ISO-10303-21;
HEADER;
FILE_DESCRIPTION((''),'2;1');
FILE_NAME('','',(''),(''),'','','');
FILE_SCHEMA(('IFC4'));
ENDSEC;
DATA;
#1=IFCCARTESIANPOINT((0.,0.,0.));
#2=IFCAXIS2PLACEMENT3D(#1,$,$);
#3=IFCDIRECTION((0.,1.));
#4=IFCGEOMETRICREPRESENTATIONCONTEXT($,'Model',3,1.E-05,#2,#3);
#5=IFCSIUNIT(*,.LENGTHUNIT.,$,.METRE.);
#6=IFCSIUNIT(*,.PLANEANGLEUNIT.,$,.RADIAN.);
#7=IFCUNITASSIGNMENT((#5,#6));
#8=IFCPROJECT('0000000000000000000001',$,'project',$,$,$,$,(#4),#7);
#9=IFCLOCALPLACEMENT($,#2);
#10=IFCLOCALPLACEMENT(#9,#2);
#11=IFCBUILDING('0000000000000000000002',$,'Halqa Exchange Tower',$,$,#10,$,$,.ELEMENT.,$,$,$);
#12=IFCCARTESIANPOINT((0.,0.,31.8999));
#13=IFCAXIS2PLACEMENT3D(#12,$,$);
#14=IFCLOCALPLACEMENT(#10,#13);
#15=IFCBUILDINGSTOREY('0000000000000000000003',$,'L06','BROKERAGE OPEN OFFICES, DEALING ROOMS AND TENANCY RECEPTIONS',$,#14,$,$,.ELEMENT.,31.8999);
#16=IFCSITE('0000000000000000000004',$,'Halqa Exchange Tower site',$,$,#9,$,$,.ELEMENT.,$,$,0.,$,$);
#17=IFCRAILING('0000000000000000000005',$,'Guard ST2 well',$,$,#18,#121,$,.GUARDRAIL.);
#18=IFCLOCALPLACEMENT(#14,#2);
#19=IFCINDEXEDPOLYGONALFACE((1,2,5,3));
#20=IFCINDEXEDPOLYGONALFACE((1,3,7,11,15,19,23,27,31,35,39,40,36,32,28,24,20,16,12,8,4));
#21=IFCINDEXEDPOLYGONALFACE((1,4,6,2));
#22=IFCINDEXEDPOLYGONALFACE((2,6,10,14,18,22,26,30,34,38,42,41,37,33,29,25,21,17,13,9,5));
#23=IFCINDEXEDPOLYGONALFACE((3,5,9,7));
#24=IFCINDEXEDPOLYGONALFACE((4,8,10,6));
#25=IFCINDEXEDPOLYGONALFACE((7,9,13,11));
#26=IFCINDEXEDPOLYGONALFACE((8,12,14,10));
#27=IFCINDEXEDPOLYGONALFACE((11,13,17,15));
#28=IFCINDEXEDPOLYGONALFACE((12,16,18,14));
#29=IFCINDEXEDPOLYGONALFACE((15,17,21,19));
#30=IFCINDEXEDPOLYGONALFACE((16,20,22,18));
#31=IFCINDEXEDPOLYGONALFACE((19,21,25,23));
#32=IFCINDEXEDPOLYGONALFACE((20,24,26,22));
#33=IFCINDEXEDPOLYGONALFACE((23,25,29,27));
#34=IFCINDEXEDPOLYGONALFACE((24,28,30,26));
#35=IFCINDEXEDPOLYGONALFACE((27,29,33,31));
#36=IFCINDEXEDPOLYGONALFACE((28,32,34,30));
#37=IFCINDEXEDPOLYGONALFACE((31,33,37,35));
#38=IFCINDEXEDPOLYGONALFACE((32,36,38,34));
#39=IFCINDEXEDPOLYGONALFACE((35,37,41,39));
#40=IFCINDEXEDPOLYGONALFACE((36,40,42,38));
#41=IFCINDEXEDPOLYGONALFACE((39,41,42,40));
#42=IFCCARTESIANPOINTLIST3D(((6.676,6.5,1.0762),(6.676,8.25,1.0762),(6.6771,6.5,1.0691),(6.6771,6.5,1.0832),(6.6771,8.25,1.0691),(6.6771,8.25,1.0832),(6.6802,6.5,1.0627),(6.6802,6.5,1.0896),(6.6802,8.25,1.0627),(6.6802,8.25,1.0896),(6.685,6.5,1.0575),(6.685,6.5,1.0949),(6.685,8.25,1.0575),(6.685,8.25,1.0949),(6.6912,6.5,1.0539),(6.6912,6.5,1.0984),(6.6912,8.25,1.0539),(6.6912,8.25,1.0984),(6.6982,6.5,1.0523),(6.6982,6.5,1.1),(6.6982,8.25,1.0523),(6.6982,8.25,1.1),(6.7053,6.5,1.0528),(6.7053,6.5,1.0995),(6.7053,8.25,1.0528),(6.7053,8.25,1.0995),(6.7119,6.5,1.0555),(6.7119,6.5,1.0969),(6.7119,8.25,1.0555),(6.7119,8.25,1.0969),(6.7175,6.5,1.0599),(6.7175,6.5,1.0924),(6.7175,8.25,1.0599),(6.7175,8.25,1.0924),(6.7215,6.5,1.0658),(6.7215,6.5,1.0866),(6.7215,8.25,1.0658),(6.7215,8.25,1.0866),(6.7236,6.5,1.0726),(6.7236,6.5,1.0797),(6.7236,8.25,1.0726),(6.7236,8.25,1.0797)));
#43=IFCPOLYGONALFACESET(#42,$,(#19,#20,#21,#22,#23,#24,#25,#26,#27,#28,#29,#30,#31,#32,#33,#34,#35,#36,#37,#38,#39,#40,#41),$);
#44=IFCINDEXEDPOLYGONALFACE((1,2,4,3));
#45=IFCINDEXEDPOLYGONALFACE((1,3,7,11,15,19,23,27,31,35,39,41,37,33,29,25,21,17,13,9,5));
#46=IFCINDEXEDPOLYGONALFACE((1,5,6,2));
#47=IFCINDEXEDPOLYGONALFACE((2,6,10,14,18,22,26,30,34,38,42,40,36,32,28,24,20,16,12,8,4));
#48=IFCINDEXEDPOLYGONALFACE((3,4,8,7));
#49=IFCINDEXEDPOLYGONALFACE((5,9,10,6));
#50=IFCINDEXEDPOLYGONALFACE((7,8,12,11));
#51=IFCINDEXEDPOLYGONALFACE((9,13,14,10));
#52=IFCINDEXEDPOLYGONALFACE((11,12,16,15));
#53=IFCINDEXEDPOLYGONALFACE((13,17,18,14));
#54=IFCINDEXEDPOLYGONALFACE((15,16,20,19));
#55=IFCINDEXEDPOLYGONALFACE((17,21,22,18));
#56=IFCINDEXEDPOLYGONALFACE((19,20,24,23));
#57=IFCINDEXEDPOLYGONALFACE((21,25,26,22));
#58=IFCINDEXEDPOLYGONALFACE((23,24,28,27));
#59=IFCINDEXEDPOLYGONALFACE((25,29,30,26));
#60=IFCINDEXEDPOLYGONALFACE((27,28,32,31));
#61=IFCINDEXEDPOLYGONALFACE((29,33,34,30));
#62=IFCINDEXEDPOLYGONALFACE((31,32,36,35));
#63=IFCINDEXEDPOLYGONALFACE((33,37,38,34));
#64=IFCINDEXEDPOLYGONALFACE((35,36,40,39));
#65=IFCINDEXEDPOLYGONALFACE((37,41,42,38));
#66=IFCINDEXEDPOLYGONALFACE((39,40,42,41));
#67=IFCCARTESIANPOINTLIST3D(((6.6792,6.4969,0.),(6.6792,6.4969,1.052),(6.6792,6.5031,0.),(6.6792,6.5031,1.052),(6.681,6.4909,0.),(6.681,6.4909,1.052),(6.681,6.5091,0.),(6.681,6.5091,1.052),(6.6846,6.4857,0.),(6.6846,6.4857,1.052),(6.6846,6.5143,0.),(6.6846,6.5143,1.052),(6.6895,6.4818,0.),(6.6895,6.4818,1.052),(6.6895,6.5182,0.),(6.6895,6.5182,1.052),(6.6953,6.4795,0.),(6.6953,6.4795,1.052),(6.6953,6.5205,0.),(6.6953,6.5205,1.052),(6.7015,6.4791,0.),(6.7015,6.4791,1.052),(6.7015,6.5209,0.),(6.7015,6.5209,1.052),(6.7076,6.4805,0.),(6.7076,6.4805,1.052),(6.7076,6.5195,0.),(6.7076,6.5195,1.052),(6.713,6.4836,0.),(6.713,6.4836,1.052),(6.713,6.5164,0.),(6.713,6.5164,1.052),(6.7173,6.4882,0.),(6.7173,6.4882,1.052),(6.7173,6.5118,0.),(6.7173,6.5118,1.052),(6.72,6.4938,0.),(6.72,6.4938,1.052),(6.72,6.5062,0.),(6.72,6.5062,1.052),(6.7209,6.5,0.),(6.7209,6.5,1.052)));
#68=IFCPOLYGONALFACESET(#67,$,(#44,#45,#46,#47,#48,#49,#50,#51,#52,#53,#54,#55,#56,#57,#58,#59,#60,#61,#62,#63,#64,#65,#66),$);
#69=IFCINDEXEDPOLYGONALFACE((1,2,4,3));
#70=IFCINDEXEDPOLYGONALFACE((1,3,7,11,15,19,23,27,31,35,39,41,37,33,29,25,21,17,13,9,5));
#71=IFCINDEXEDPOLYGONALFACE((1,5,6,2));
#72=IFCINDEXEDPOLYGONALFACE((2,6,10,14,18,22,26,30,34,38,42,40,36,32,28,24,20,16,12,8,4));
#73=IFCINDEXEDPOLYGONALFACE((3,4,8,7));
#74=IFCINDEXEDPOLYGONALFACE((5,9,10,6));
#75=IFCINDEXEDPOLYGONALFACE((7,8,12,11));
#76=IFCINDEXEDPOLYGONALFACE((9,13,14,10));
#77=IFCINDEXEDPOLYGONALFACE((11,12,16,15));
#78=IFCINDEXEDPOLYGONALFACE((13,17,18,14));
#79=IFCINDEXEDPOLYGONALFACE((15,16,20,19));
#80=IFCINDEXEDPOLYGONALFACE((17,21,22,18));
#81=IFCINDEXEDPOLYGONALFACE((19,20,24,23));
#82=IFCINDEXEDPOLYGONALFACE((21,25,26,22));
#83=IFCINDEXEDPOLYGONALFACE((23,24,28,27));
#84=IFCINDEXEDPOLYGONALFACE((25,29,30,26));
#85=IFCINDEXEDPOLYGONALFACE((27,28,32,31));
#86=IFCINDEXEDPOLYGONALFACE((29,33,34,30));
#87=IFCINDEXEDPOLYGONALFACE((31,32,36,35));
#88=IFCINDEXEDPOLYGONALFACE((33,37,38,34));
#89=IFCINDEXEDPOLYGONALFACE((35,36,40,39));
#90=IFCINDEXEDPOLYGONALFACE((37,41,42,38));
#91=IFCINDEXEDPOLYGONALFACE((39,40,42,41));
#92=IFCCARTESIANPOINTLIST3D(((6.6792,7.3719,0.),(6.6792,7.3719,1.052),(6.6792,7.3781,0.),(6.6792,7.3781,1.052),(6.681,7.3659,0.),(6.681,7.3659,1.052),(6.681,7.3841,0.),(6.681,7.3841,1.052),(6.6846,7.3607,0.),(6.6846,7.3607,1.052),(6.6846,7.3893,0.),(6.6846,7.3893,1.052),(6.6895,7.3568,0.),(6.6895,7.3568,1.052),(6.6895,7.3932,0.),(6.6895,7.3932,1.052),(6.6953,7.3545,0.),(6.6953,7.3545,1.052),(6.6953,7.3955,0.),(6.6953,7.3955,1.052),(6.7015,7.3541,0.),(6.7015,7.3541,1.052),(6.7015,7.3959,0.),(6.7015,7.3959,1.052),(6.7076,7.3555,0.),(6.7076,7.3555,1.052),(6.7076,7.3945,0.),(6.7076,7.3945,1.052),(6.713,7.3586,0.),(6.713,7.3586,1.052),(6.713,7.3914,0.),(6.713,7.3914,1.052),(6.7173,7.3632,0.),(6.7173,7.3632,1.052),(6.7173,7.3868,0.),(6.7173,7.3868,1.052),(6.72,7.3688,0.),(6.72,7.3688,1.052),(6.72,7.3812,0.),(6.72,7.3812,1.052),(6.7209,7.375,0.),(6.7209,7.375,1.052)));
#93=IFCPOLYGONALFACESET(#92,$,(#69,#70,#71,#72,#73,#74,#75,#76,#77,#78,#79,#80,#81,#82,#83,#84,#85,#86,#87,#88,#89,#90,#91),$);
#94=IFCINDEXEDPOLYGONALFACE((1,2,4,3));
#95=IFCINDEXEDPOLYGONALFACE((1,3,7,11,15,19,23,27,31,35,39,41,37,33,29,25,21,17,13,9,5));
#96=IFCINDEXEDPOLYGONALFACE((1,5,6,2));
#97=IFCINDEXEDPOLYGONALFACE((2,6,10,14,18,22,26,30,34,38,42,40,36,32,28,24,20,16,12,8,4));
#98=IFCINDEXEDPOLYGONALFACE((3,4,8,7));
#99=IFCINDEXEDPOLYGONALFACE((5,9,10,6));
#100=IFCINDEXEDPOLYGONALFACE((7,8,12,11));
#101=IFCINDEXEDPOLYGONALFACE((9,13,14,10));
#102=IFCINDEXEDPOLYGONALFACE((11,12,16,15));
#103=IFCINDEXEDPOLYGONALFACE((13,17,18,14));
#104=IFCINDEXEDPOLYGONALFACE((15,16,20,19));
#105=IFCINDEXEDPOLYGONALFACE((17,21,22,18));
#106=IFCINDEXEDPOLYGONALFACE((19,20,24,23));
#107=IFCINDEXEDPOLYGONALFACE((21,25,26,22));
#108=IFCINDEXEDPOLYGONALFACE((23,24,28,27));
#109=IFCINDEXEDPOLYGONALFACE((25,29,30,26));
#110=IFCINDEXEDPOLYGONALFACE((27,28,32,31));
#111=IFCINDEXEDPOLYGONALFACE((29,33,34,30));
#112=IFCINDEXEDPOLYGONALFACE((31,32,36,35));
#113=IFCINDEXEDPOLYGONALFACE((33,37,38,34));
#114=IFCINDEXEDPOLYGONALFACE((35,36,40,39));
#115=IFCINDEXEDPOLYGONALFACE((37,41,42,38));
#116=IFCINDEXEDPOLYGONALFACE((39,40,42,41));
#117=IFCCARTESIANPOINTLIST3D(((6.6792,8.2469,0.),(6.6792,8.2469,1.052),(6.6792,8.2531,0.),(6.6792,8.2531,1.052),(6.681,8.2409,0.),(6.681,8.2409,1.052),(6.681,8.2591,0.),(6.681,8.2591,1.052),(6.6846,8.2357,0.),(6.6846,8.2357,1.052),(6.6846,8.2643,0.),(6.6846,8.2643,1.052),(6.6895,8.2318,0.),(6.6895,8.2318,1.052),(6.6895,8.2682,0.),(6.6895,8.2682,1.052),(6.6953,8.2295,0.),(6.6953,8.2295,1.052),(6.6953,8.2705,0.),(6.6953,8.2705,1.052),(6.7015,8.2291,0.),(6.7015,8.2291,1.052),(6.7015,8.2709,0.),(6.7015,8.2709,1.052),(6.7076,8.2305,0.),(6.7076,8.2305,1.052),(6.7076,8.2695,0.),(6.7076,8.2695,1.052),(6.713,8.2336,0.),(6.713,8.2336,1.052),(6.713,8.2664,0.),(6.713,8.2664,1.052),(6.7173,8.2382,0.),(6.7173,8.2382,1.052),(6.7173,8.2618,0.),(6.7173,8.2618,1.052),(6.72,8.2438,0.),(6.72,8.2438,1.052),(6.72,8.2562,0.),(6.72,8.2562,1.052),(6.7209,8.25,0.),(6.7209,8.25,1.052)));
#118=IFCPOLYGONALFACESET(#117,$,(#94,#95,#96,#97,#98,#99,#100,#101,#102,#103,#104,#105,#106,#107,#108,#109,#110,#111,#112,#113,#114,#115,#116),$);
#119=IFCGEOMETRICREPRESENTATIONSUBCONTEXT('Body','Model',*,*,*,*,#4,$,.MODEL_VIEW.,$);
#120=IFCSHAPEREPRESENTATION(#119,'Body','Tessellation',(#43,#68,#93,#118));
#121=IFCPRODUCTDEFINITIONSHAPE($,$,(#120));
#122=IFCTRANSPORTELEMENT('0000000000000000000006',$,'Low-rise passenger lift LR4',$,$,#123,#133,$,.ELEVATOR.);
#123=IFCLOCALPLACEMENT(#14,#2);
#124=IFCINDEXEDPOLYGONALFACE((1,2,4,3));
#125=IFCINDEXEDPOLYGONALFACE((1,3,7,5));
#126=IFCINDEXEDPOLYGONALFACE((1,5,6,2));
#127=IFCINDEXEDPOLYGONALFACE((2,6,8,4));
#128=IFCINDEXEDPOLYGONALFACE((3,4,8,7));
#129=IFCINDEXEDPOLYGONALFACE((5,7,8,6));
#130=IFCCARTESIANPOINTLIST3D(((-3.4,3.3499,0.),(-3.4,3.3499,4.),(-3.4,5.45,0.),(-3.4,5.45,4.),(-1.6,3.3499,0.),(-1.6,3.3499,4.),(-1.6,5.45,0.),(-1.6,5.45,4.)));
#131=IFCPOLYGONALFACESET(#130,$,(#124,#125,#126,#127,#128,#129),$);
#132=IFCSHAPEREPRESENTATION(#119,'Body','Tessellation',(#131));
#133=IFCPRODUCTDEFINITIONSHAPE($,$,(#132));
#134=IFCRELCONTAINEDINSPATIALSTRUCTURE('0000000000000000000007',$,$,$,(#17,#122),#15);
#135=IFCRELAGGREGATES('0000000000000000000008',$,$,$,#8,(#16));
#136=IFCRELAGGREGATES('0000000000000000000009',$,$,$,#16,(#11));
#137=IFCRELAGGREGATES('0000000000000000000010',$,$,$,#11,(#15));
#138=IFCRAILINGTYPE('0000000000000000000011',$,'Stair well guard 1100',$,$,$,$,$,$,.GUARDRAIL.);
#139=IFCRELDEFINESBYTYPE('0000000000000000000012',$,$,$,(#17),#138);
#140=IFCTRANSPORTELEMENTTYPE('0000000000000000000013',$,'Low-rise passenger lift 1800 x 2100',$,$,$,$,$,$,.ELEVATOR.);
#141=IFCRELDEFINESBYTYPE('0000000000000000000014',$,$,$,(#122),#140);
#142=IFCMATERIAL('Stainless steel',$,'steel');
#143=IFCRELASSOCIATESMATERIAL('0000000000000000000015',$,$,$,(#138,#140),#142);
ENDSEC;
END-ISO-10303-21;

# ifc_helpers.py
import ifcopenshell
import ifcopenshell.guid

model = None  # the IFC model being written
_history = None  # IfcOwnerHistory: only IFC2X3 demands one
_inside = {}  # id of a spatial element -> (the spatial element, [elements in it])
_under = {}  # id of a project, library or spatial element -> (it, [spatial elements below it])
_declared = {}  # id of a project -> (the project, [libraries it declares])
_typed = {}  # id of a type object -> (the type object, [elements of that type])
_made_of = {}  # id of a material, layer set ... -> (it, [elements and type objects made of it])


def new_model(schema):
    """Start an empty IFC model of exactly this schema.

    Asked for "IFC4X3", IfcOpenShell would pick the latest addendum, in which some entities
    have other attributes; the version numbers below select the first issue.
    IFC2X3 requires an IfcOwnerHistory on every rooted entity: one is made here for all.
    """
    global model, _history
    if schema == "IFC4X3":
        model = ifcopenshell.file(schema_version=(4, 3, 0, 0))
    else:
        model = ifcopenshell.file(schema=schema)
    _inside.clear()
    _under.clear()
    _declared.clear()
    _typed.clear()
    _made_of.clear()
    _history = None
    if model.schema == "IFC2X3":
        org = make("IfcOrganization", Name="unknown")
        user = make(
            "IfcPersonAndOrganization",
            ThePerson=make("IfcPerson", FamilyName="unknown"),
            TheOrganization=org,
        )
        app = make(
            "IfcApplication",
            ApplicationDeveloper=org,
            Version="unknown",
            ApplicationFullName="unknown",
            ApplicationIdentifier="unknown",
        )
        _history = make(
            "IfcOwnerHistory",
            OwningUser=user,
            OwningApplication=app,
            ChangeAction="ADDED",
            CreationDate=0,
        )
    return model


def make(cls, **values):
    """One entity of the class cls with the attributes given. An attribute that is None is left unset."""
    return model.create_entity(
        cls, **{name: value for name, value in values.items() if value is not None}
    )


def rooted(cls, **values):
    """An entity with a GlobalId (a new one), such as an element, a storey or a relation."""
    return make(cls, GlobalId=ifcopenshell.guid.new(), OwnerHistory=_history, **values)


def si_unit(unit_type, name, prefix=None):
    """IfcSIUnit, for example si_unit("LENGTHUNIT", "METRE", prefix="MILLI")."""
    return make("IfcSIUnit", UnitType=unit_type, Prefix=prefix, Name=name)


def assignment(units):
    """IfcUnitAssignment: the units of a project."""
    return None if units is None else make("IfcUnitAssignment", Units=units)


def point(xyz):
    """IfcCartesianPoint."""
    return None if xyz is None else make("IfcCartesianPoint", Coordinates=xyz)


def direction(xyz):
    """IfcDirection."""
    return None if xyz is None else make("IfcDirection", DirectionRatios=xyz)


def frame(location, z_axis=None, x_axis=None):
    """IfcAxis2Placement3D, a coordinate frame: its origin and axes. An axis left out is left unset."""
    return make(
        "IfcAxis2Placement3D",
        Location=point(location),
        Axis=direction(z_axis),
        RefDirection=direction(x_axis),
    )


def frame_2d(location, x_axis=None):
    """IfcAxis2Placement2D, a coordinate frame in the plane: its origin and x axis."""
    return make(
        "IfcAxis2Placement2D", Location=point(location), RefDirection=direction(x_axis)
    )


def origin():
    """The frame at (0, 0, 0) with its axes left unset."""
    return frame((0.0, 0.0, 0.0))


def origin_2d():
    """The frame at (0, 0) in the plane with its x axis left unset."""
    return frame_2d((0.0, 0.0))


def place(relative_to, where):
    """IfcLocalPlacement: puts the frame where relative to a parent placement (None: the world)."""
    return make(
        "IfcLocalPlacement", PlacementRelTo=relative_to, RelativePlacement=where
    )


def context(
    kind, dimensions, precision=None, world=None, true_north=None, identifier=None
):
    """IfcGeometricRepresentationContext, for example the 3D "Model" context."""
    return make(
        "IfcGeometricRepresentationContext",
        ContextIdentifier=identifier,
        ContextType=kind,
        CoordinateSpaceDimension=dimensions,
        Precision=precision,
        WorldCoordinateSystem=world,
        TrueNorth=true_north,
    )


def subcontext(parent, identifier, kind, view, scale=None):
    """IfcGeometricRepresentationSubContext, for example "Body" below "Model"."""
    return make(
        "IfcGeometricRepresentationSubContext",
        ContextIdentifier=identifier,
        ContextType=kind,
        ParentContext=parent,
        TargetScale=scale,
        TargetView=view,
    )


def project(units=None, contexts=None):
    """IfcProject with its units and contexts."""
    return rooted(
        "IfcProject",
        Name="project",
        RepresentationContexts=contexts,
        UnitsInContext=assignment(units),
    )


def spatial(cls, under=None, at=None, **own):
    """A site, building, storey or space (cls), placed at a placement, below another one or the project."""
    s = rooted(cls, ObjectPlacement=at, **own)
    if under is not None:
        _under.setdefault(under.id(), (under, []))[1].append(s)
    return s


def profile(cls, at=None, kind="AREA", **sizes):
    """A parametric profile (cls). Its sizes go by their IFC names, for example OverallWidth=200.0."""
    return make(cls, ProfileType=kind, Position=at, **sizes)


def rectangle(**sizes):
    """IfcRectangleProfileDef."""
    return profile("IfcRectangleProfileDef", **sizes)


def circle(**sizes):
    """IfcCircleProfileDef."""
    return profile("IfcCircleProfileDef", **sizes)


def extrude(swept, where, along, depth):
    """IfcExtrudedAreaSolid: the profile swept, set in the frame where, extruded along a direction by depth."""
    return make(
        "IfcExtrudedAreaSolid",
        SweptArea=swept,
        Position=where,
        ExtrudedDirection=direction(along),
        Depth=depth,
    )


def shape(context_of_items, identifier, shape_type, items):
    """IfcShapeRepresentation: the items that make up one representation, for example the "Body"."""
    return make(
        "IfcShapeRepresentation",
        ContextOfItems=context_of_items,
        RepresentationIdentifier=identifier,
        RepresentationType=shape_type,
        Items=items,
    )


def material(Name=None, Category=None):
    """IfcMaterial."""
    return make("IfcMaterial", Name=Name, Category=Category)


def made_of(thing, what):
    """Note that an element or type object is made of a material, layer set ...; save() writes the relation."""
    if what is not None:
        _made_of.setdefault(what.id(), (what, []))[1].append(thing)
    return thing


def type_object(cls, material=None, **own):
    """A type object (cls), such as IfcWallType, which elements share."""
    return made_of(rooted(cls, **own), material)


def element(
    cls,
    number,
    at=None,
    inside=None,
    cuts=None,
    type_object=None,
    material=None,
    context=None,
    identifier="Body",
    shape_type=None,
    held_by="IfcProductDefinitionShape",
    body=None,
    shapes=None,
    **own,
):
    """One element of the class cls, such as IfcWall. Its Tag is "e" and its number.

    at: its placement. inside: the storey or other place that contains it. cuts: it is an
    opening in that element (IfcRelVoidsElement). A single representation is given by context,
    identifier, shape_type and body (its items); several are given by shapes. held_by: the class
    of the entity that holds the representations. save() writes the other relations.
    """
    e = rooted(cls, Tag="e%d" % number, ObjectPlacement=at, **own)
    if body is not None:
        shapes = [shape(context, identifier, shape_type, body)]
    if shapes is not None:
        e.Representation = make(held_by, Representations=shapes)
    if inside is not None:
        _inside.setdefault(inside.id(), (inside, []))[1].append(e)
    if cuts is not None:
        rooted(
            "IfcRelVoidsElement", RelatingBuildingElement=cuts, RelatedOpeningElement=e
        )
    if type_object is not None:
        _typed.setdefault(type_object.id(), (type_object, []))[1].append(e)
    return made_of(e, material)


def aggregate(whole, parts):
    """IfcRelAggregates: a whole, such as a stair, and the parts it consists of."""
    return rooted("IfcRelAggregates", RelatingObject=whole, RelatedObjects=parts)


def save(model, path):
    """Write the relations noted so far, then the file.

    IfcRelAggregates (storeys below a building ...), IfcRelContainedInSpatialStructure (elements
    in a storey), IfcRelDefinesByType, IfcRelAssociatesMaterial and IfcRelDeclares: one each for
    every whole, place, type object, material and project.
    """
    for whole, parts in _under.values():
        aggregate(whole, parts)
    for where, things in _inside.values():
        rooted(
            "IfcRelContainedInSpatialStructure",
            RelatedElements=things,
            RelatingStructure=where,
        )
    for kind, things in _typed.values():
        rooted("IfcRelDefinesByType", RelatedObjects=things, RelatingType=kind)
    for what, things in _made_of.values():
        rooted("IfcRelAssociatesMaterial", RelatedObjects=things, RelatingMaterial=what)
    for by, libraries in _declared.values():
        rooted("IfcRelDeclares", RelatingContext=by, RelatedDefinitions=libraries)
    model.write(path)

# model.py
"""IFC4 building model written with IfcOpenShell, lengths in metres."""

from ifc_helpers import new_model, si_unit, direction, frame, origin, origin_2d, place, context, subcontext, project, spatial, rectangle, circle, extrude, material, type_object, element, save


model = new_model("IFC4")

# Units and contexts
model_context = context("Model", 3, precision=1e-05, world=origin(), true_north=direction((0.0, 1.0)))
body_context = subcontext(model_context, "Body", "Model", "MODEL_VIEW")
ifc_project = project(units=[si_unit("LENGTHUNIT", "METRE"), si_unit("PLANEANGLEUNIT", "RADIAN")], contexts=[model_context])

# Site, building, storey
site_placement = place(None, origin())
site = spatial("IfcSite", under=ifc_project, at=site_placement, Name="Halqa Exchange Tower site", CompositionType="ELEMENT", RefElevation=0.0)
building_placement = place(site_placement, origin())
building = spatial("IfcBuilding", under=site, at=building_placement, Name="Halqa Exchange Tower", CompositionType="ELEMENT")
storey_placement = place(building_placement, frame((0.0, 0.0, 31.8999)))
storey = spatial("IfcBuildingStorey", under=building, at=storey_placement, Name="L06", Description="BROKERAGE OPEN OFFICES, DEALING ROOMS AND TENANCY RECEPTIONS", CompositionType="ELEMENT", Elevation=31.8999)

# Railing
ifc_material_1 = material(Name="Stainless steel", Category="steel")
railing_type_1 = type_object("IfcRailingType", Name="Stair well guard 1100", PredefinedType="GUARDRAIL", material=ifc_material_1)
railing_1_placement = place(storey_placement, frame((6.7, 6.5, 0.0)))
element("IfcRailing", 1, at=railing_1_placement, inside=storey, type_object=railing_type_1, Name="Guard ST2 well", PredefinedType="GUARDRAIL", context=body_context, shape_type="SweptSolid", body=[
    extrude(circle(Radius=0.0239, at=origin_2d()), frame((0.0, 0.0, 1.0762), z_axis=(0.0, 1.0, 0.0), x_axis=(-1.0, 0.0, 0.0)), (0.0, 0.0, 1.0), 1.75),
    extrude(circle(Radius=0.021, at=origin_2d()), origin(), (0.0, 0.0, 1.0), 1.052),
    extrude(circle(Radius=0.021, at=origin_2d()), frame((0.0, 0.875, 0.0)), (0.0, 0.0, 1.0), 1.052),
    extrude(circle(Radius=0.021, at=origin_2d()), frame((0.0, 1.75, 0.0)), (0.0, 0.0, 1.0), 1.052),
])

# Transport element
transport_element_type = type_object("IfcTransportElementType", Name="Low-rise passenger lift 1800 x 2100", PredefinedType="ELEVATOR", material=ifc_material_1)
transport_element_placement = place(storey_placement, frame((-2.5, 4.3999, 0.0), z_axis=(0.0, 0.0, 1.0), x_axis=(1.0, 0.0, 0.0)))
element("IfcTransportElement", 2, at=transport_element_placement, inside=storey, type_object=transport_element_type, Name="Low-rise passenger lift LR4", PredefinedType="ELEVATOR", context=body_context, shape_type="SweptSolid", body=[
    extrude(rectangle(XDim=1.8, YDim=2.1001, at=origin_2d()), origin(), (0.0, 0.0, 1.0), 4.0),
])

save(model, "model.ifc")
